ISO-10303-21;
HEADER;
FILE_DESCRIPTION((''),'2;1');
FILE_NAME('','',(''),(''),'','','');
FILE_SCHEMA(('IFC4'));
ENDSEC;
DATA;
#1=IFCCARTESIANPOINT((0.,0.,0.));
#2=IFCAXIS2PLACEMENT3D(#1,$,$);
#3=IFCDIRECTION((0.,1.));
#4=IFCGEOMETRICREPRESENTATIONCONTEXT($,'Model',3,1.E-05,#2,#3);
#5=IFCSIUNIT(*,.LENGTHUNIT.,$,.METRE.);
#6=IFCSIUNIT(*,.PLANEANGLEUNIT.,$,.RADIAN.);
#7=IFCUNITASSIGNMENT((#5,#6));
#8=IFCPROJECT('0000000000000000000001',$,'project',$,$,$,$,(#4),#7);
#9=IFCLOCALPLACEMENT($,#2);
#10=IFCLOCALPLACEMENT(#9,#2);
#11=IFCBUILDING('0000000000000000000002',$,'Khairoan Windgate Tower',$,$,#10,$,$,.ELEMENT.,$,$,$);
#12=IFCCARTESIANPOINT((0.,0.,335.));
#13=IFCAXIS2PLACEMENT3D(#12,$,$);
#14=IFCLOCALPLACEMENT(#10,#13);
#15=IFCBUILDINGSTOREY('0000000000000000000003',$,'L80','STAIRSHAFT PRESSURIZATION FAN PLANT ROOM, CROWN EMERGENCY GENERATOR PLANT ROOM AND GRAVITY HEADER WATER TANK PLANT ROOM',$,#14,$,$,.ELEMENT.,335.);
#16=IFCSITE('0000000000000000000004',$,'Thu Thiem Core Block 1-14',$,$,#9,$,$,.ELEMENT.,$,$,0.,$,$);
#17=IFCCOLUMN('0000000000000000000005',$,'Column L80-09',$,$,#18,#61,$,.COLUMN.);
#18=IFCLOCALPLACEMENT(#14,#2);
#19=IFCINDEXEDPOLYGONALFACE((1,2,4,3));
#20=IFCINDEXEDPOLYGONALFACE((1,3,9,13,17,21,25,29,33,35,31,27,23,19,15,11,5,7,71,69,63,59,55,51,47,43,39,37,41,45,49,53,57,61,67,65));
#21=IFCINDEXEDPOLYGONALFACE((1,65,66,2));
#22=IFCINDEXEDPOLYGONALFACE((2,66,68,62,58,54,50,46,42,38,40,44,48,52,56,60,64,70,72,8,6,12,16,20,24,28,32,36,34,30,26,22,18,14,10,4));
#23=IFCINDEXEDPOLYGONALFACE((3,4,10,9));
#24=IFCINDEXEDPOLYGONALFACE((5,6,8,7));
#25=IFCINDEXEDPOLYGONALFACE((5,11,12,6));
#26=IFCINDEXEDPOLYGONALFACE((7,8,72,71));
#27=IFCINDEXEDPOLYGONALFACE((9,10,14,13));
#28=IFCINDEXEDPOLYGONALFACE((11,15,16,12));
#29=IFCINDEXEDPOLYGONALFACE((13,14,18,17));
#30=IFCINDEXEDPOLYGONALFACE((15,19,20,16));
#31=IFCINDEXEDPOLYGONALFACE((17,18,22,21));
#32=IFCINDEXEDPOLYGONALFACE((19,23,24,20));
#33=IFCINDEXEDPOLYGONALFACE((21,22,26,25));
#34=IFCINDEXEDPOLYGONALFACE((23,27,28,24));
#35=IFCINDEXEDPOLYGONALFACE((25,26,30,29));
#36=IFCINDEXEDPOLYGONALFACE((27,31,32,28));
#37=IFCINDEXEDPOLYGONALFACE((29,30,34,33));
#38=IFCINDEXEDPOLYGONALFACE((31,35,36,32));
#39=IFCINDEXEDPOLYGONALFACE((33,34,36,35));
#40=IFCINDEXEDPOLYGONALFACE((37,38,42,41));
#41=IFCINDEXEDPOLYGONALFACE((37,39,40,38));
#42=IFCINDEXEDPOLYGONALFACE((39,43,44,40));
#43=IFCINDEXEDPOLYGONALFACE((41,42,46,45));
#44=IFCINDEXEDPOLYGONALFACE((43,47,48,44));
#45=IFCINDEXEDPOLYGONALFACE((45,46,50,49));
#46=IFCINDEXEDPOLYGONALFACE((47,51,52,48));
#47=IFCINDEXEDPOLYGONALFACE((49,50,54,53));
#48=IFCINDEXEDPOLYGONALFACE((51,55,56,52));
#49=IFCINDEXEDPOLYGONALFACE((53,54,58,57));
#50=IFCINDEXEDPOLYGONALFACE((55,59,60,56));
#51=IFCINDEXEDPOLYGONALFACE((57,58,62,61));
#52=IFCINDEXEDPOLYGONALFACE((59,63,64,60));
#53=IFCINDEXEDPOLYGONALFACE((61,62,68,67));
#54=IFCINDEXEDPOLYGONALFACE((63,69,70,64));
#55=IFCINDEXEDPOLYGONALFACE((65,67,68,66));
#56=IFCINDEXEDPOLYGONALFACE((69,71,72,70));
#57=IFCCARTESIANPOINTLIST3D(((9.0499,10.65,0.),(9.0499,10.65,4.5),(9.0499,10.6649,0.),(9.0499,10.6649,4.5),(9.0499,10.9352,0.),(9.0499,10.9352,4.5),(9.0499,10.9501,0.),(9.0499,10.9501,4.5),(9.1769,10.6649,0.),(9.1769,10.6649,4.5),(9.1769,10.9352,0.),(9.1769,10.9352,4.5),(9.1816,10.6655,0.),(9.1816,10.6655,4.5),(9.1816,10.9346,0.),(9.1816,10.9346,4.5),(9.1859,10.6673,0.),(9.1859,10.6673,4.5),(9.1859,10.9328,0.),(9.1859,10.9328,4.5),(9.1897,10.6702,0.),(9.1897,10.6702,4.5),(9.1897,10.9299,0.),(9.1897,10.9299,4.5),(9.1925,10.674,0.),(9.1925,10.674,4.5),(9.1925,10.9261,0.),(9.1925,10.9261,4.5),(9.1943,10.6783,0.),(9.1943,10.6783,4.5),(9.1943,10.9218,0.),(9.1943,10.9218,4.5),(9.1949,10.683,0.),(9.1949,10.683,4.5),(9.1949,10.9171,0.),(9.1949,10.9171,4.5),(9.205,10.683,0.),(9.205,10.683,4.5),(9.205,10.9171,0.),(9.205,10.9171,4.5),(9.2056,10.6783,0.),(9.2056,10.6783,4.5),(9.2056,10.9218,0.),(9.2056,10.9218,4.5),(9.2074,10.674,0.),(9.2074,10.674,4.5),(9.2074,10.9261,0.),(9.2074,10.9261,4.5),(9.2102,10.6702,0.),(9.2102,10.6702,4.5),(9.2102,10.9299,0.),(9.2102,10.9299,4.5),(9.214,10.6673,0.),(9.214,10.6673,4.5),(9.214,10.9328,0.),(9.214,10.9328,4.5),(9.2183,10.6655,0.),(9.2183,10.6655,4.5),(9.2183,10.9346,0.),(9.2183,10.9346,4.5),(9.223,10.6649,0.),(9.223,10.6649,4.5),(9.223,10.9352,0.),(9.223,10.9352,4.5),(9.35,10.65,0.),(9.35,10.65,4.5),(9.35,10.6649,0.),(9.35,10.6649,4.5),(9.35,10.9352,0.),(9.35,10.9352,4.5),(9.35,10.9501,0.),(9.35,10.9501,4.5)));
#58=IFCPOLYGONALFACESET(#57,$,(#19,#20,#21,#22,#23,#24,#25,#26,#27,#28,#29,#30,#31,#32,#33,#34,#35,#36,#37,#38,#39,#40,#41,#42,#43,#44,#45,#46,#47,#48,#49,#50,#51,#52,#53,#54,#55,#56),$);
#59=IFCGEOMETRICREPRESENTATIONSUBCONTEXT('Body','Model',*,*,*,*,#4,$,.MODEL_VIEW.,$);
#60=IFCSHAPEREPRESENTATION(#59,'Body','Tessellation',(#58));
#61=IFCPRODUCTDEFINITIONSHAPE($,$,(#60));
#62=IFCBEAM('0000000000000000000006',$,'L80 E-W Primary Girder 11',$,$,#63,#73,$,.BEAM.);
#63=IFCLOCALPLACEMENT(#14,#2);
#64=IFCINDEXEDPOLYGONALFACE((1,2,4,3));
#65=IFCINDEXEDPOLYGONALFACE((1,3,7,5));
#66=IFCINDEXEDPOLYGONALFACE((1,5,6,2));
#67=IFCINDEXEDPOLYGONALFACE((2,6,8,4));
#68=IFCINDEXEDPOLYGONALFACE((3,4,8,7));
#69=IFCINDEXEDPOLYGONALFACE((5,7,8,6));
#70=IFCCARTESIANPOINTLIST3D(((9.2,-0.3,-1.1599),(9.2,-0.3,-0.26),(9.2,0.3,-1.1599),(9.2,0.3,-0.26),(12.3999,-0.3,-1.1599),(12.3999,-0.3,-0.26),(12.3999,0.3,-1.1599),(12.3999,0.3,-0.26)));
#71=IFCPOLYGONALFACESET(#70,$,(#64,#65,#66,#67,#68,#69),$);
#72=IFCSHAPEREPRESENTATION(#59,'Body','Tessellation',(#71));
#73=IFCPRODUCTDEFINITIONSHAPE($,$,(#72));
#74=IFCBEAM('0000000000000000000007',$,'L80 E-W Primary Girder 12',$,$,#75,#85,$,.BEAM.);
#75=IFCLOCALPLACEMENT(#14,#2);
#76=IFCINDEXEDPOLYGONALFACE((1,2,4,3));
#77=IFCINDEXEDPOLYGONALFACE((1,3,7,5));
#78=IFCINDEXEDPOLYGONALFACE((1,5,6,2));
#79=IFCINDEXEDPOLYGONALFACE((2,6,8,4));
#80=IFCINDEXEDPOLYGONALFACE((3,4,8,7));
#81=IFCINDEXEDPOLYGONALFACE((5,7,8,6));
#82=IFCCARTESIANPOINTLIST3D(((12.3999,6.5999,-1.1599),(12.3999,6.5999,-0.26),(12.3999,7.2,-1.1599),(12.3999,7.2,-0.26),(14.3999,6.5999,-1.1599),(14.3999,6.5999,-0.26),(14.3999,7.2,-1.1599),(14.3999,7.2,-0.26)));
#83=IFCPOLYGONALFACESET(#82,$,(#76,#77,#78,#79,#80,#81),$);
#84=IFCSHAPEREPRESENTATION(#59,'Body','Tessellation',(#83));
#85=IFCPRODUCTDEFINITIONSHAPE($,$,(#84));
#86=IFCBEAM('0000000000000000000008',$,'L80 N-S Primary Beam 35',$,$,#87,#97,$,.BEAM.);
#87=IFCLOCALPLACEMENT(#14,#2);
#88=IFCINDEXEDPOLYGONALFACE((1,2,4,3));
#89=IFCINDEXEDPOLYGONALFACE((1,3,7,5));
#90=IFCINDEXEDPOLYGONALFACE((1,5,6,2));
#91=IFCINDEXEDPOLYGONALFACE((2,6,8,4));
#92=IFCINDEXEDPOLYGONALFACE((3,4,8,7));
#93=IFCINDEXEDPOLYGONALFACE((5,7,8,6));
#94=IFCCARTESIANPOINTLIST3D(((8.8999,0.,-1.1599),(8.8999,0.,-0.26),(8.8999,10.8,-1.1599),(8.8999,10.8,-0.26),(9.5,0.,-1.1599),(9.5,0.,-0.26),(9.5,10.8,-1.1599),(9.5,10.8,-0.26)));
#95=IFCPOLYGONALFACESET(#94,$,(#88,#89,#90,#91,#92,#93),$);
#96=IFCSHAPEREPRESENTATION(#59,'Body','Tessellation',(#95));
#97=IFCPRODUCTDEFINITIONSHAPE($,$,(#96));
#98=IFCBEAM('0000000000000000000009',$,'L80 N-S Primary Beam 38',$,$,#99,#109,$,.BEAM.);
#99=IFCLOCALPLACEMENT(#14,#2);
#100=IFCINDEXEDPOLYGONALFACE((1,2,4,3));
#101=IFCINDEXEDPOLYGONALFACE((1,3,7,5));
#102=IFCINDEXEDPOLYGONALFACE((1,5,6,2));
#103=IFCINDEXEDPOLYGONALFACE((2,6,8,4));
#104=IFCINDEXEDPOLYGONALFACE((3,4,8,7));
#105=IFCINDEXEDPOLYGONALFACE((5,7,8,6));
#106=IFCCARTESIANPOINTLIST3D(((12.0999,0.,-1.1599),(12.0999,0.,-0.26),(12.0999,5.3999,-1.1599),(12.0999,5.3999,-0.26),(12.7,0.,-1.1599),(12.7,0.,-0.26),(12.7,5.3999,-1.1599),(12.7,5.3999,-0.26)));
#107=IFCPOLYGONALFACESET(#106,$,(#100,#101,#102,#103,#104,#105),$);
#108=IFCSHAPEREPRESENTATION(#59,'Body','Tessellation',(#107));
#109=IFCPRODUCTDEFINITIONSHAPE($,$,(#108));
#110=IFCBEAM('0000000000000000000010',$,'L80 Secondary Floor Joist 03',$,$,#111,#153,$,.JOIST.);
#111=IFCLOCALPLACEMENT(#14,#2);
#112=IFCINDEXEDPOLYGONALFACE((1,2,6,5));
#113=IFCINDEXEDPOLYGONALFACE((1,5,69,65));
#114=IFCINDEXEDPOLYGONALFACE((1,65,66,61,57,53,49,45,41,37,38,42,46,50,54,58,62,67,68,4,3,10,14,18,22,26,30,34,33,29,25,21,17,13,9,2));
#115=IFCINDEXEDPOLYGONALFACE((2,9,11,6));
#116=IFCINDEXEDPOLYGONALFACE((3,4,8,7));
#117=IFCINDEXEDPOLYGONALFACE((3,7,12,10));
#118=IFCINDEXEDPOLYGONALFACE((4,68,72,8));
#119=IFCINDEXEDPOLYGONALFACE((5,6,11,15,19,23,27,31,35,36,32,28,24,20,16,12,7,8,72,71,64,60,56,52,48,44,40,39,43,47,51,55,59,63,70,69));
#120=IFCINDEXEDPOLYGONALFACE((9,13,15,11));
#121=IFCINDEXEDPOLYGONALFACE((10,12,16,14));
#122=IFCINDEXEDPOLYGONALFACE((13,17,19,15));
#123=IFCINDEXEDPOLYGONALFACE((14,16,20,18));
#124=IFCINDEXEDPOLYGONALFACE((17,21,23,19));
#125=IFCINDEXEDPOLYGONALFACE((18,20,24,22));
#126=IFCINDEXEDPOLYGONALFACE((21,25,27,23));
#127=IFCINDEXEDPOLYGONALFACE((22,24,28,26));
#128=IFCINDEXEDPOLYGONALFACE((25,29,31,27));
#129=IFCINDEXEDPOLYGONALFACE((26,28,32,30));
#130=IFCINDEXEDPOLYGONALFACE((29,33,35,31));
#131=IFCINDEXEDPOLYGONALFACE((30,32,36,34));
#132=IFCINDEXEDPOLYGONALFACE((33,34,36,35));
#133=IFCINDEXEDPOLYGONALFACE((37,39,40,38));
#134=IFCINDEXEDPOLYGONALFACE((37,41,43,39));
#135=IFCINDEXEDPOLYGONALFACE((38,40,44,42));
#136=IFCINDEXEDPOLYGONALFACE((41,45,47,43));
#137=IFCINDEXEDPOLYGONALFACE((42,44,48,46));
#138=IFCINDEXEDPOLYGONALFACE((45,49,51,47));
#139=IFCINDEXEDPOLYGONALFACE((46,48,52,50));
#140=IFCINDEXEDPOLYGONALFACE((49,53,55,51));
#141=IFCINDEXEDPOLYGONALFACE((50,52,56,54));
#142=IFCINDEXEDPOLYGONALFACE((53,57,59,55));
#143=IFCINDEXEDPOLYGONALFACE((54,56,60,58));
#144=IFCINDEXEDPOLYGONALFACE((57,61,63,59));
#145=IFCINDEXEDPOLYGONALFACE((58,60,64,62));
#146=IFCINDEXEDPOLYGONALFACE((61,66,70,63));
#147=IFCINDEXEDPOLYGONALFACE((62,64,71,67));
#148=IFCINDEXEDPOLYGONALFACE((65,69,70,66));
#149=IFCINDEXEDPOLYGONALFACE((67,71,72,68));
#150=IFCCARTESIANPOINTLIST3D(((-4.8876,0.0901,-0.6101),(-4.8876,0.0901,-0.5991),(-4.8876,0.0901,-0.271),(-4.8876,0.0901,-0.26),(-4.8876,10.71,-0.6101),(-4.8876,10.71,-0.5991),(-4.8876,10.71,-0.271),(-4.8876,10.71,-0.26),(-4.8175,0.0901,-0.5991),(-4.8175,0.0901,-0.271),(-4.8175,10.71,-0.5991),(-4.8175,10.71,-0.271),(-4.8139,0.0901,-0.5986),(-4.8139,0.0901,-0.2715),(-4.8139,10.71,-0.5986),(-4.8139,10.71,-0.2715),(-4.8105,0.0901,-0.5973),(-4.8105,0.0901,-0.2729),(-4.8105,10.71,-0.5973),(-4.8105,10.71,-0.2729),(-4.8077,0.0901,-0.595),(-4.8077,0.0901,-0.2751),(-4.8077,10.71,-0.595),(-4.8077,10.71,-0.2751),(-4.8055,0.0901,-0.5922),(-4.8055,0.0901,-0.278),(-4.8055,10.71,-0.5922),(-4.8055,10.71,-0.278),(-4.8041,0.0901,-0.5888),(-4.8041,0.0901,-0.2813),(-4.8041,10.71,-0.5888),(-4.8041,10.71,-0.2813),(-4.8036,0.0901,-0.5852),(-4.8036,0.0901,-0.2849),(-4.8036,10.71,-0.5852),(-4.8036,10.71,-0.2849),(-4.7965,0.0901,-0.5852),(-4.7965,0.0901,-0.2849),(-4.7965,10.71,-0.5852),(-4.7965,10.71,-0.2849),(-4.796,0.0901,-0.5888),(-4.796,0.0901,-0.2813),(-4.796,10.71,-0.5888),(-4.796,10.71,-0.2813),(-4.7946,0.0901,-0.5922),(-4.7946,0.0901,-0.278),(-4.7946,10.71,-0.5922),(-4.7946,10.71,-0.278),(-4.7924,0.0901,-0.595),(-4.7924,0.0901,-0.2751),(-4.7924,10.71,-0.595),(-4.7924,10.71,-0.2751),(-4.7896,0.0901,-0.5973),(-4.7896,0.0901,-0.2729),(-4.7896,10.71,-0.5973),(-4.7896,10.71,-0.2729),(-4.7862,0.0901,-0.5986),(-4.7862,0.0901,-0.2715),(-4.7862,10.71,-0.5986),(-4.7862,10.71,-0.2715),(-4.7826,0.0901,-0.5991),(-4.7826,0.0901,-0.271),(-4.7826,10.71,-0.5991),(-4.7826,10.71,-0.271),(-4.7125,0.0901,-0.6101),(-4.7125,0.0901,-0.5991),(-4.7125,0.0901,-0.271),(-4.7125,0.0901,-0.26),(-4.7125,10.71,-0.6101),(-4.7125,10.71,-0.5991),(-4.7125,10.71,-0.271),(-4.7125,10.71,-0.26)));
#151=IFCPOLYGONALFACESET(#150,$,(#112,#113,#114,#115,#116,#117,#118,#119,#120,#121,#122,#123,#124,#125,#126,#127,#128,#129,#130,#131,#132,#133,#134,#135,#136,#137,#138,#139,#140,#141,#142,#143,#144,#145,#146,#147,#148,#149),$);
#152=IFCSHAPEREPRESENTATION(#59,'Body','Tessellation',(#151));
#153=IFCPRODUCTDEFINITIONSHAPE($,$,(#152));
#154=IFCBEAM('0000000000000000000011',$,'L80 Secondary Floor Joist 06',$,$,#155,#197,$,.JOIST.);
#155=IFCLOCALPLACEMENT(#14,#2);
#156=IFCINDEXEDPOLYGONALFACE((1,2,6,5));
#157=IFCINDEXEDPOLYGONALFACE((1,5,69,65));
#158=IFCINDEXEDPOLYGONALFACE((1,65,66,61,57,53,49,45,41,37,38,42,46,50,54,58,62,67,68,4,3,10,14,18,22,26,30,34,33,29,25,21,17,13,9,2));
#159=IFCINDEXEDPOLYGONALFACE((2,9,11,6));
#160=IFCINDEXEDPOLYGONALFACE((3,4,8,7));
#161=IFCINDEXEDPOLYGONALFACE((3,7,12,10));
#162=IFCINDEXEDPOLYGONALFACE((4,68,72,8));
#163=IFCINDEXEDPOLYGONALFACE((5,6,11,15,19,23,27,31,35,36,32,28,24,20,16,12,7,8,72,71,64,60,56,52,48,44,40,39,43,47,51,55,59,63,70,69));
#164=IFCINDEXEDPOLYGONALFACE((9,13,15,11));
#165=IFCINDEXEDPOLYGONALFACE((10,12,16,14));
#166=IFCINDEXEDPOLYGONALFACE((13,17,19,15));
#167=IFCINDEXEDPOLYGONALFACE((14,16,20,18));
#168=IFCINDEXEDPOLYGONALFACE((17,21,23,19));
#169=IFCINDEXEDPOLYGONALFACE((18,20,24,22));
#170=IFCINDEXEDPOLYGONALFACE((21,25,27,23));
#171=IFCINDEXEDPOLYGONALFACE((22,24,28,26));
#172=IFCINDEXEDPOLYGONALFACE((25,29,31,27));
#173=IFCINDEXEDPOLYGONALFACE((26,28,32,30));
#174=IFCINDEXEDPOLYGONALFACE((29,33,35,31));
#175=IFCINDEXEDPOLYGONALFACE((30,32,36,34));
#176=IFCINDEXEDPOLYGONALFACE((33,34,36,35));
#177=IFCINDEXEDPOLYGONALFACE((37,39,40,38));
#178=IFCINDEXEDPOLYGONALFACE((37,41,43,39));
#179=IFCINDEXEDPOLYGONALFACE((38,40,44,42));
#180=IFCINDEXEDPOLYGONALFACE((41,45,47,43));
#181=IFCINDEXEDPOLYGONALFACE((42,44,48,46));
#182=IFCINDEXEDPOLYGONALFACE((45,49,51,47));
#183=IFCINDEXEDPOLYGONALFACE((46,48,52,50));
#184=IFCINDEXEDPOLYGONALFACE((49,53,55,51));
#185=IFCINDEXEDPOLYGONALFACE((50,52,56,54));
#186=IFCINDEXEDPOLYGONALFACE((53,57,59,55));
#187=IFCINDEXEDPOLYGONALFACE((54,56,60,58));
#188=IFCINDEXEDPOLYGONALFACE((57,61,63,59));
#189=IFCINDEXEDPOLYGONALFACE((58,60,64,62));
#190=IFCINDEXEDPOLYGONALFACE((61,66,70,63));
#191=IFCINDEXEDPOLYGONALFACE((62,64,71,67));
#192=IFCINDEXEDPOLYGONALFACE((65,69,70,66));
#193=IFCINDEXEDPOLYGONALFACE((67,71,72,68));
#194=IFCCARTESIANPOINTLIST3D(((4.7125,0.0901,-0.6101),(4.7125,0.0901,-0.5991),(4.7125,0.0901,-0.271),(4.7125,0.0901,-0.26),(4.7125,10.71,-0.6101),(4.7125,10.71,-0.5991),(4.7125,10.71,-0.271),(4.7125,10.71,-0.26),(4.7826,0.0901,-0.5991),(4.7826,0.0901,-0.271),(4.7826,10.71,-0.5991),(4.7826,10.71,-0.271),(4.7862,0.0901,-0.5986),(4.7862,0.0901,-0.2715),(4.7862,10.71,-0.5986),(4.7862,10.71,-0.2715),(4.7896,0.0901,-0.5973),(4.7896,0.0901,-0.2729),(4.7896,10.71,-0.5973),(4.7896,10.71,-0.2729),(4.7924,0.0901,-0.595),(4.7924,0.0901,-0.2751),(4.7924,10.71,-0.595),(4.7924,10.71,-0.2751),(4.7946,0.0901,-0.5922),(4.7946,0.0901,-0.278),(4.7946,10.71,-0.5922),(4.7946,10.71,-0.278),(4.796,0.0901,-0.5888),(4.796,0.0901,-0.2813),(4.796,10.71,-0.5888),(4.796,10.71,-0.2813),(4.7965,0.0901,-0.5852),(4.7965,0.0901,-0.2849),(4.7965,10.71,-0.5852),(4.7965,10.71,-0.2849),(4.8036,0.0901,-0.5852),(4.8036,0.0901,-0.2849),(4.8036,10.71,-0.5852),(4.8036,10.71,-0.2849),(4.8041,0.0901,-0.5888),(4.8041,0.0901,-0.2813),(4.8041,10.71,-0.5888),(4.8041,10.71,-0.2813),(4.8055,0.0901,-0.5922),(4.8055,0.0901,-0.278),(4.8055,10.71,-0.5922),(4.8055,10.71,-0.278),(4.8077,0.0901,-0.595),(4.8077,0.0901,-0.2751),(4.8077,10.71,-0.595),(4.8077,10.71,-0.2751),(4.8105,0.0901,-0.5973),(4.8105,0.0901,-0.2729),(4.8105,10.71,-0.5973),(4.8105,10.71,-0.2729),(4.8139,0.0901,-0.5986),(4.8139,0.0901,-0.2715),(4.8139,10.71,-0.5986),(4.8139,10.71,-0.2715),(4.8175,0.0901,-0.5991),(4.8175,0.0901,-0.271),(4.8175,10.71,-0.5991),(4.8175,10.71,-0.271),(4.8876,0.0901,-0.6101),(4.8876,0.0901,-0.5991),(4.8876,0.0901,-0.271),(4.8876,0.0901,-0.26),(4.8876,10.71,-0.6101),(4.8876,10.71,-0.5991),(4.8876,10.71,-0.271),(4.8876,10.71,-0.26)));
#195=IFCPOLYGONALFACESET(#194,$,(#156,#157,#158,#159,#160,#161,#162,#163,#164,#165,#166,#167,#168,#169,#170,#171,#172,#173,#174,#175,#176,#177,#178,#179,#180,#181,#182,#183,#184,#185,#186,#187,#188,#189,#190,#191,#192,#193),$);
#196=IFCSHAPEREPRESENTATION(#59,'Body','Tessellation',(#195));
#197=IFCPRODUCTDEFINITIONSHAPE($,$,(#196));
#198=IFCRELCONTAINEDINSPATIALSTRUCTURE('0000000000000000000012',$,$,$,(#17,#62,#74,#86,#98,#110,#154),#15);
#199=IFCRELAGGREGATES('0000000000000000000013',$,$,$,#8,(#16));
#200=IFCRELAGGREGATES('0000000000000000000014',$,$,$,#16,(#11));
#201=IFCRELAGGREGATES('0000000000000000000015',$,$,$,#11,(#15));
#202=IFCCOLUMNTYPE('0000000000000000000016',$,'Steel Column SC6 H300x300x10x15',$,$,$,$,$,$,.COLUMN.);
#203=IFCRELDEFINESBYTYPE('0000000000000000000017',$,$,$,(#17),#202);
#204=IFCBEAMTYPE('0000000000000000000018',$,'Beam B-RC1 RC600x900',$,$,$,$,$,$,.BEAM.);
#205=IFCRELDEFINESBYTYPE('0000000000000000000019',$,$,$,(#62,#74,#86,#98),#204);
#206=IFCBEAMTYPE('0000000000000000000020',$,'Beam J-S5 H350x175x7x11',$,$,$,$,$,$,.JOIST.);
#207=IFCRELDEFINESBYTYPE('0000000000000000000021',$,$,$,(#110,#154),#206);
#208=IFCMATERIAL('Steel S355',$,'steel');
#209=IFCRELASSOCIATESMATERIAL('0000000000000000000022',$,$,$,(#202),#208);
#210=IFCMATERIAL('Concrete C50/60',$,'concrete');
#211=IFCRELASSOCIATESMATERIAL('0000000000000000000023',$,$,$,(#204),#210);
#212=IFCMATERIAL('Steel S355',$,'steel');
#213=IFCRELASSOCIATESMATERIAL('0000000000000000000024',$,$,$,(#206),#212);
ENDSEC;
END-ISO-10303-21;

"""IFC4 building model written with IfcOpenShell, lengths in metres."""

from ifc_helpers import new_model, si_unit, direction, frame, origin, origin_2d, place, context, subcontext, project, spatial, rectangle, i_section, extrude, material, material_profile, profile_set, type_object, element, save


model = new_model("IFC4")

# Units and contexts
model_context = context("Model", 3, precision=1e-05, world=origin(), true_north=direction((0.0, 1.0)))
body_context = subcontext(model_context, "Body", "Model", "MODEL_VIEW")
ifc_project = project(units=[si_unit("LENGTHUNIT", "METRE"), si_unit("PLANEANGLEUNIT", "RADIAN")], contexts=[model_context])

# Site, building, storey
site_placement = place(None, origin())
site = spatial("IfcSite", under=ifc_project, at=site_placement, Name="Thu Thiem Core Block 1-14", CompositionType="ELEMENT", RefElevation=0.0)
building_placement = place(site_placement, origin())
building = spatial("IfcBuilding", under=site, at=building_placement, Name="Khairoan Windgate Tower", CompositionType="ELEMENT")
storey_placement = place(building_placement, frame((0.0, 0.0, 335.0)))
storey = spatial("IfcBuildingStorey", under=building, at=storey_placement, Name="L80", Description="STAIRSHAFT PRESSURIZATION FAN PLANT ROOM, CROWN EMERGENCY GENERATOR PLANT ROOM AND GRAVITY HEADER WATER TANK PLANT ROOM", CompositionType="ELEMENT", Elevation=335.0)

# Column
ifc_material_1 = material(Name="Steel S355", Category="steel")
ifc_material_profile_1 = material_profile(ifc_material_1, i_section(OverallWidth=0.3, OverallDepth=0.3, WebThickness=0.01, FlangeThickness=0.0149, FilletRadius=0.0181, at=origin_2d()))
ifc_profile_set_1 = profile_set([ifc_material_profile_1], Name="Steel S355")
column_type = type_object("IfcColumnType", Name="Steel Column SC6 H300x300x10x15", PredefinedType="COLUMN", material=ifc_profile_set_1)
column_placement = place(storey_placement, frame((9.2, 10.8, 0.0), z_axis=(0.0, 0.0, 1.0), x_axis=(1.0, 0.0, 0.0)))
element("IfcColumn", 1, at=column_placement, inside=storey, type_object=column_type, Name="Column L80-09", PredefinedType="COLUMN", context=body_context, shape_type="SweptSolid", body=[
    extrude(i_section(OverallWidth=0.3, OverallDepth=0.3, WebThickness=0.01, FlangeThickness=0.0149, FilletRadius=0.0181, at=origin_2d()), origin(), (0.0, 0.0, 1.0), 4.5),
])

# Beams
ifc_material_2 = material(Name="Concrete C50/60", Category="concrete")
ifc_material_profile_2 = material_profile(ifc_material_2, rectangle(XDim=0.6001, YDim=0.8999, at=origin_2d()))
ifc_profile_set_2 = profile_set([ifc_material_profile_2], Name="Concrete C50/60")
beam_type_1 = type_object("IfcBeamType", Name="Beam B-RC1 RC600x900", PredefinedType="BEAM", material=ifc_profile_set_2)
beam_1_placement = place(storey_placement, frame((9.2, 0.0, -0.71), z_axis=(1.0, 0.0, 0.0), x_axis=(0.0, 1.0, 0.0)))
element("IfcBeam", 2, at=beam_1_placement, inside=storey, type_object=beam_type_1, Name="L80 E-W Primary Girder 11", PredefinedType="BEAM", context=body_context, shape_type="SweptSolid", body=[
    extrude(rectangle(XDim=0.6001, YDim=0.8999, at=origin_2d()), origin(), (0.0, 0.0, 1.0), 3.2),
])
beam_2_placement = place(storey_placement, frame((12.3999, 6.8999, -0.71), z_axis=(1.0, 0.0, 0.0), x_axis=(0.0, 1.0, 0.0)))
element("IfcBeam", 3, at=beam_2_placement, inside=storey, type_object=beam_type_1, Name="L80 E-W Primary Girder 12", PredefinedType="BEAM", context=body_context, shape_type="SweptSolid", body=[
    extrude(rectangle(XDim=0.6001, YDim=0.8999, at=origin_2d()), origin(), (0.0, 0.0, 1.0), 2.0),
])
beam_3_placement = place(storey_placement, frame((9.2, 0.0, -0.71), z_axis=(0.0, 1.0, 0.0), x_axis=(-1.0, 0.0, 0.0)))
element("IfcBeam", 4, at=beam_3_placement, inside=storey, type_object=beam_type_1, Name="L80 N-S Primary Beam 35", PredefinedType="BEAM", context=body_context, shape_type="SweptSolid", body=[
    extrude(rectangle(XDim=0.6001, YDim=0.8999, at=origin_2d()), origin(), (0.0, 0.0, 1.0), 10.8),
])
beam_4_placement = place(storey_placement, frame((12.3999, 0.0, -0.71), z_axis=(0.0, 1.0, 0.0), x_axis=(-1.0, 0.0, 0.0)))
element("IfcBeam", 5, at=beam_4_placement, inside=storey, type_object=beam_type_1, Name="L80 N-S Primary Beam 38", PredefinedType="BEAM", context=body_context, shape_type="SweptSolid", body=[
    extrude(rectangle(XDim=0.6001, YDim=0.8999, at=origin_2d()), origin(), (0.0, 0.0, 1.0), 5.3999),
])
ifc_material_3 = material(Name="Steel S355", Category="steel")
ifc_material_profile_3 = material_profile(ifc_material_3, i_section(OverallWidth=0.175, OverallDepth=0.3501, WebThickness=0.0071, FlangeThickness=0.011, FilletRadius=0.0139, at=origin_2d()))
ifc_profile_set_3 = profile_set([ifc_material_profile_3], Name="Steel S355")
beam_type_2 = type_object("IfcBeamType", Name="Beam J-S5 H350x175x7x11", PredefinedType="JOIST", material=ifc_profile_set_3)
for number, where, z_axis, x_axis, name in (
    (6, (-4.8, 0.0901, -0.4351), (0.0, 1.0, 0.0), (-1.0, 0.0, 0.0), "L80 Secondary Floor Joist 03"),
    (7, (4.8, 0.0901, -0.4351), (0.0, 1.0, 0.0), (-1.0, 0.0, 0.0), "L80 Secondary Floor Joist 06"),
):
    element("IfcBeam", number, at=place(storey_placement, frame(where, z_axis=z_axis, x_axis=x_axis)), inside=storey, type_object=beam_type_2, Name=name, PredefinedType="JOIST", context=body_context, shape_type="SweptSolid", body=[
        extrude(i_section(OverallWidth=0.175, OverallDepth=0.3501, WebThickness=0.0071, FlangeThickness=0.011, FilletRadius=0.0139, at=origin_2d()), origin(), (0.0, 0.0, 1.0), 10.6199),
    ])

save(model, "model.ifc")
